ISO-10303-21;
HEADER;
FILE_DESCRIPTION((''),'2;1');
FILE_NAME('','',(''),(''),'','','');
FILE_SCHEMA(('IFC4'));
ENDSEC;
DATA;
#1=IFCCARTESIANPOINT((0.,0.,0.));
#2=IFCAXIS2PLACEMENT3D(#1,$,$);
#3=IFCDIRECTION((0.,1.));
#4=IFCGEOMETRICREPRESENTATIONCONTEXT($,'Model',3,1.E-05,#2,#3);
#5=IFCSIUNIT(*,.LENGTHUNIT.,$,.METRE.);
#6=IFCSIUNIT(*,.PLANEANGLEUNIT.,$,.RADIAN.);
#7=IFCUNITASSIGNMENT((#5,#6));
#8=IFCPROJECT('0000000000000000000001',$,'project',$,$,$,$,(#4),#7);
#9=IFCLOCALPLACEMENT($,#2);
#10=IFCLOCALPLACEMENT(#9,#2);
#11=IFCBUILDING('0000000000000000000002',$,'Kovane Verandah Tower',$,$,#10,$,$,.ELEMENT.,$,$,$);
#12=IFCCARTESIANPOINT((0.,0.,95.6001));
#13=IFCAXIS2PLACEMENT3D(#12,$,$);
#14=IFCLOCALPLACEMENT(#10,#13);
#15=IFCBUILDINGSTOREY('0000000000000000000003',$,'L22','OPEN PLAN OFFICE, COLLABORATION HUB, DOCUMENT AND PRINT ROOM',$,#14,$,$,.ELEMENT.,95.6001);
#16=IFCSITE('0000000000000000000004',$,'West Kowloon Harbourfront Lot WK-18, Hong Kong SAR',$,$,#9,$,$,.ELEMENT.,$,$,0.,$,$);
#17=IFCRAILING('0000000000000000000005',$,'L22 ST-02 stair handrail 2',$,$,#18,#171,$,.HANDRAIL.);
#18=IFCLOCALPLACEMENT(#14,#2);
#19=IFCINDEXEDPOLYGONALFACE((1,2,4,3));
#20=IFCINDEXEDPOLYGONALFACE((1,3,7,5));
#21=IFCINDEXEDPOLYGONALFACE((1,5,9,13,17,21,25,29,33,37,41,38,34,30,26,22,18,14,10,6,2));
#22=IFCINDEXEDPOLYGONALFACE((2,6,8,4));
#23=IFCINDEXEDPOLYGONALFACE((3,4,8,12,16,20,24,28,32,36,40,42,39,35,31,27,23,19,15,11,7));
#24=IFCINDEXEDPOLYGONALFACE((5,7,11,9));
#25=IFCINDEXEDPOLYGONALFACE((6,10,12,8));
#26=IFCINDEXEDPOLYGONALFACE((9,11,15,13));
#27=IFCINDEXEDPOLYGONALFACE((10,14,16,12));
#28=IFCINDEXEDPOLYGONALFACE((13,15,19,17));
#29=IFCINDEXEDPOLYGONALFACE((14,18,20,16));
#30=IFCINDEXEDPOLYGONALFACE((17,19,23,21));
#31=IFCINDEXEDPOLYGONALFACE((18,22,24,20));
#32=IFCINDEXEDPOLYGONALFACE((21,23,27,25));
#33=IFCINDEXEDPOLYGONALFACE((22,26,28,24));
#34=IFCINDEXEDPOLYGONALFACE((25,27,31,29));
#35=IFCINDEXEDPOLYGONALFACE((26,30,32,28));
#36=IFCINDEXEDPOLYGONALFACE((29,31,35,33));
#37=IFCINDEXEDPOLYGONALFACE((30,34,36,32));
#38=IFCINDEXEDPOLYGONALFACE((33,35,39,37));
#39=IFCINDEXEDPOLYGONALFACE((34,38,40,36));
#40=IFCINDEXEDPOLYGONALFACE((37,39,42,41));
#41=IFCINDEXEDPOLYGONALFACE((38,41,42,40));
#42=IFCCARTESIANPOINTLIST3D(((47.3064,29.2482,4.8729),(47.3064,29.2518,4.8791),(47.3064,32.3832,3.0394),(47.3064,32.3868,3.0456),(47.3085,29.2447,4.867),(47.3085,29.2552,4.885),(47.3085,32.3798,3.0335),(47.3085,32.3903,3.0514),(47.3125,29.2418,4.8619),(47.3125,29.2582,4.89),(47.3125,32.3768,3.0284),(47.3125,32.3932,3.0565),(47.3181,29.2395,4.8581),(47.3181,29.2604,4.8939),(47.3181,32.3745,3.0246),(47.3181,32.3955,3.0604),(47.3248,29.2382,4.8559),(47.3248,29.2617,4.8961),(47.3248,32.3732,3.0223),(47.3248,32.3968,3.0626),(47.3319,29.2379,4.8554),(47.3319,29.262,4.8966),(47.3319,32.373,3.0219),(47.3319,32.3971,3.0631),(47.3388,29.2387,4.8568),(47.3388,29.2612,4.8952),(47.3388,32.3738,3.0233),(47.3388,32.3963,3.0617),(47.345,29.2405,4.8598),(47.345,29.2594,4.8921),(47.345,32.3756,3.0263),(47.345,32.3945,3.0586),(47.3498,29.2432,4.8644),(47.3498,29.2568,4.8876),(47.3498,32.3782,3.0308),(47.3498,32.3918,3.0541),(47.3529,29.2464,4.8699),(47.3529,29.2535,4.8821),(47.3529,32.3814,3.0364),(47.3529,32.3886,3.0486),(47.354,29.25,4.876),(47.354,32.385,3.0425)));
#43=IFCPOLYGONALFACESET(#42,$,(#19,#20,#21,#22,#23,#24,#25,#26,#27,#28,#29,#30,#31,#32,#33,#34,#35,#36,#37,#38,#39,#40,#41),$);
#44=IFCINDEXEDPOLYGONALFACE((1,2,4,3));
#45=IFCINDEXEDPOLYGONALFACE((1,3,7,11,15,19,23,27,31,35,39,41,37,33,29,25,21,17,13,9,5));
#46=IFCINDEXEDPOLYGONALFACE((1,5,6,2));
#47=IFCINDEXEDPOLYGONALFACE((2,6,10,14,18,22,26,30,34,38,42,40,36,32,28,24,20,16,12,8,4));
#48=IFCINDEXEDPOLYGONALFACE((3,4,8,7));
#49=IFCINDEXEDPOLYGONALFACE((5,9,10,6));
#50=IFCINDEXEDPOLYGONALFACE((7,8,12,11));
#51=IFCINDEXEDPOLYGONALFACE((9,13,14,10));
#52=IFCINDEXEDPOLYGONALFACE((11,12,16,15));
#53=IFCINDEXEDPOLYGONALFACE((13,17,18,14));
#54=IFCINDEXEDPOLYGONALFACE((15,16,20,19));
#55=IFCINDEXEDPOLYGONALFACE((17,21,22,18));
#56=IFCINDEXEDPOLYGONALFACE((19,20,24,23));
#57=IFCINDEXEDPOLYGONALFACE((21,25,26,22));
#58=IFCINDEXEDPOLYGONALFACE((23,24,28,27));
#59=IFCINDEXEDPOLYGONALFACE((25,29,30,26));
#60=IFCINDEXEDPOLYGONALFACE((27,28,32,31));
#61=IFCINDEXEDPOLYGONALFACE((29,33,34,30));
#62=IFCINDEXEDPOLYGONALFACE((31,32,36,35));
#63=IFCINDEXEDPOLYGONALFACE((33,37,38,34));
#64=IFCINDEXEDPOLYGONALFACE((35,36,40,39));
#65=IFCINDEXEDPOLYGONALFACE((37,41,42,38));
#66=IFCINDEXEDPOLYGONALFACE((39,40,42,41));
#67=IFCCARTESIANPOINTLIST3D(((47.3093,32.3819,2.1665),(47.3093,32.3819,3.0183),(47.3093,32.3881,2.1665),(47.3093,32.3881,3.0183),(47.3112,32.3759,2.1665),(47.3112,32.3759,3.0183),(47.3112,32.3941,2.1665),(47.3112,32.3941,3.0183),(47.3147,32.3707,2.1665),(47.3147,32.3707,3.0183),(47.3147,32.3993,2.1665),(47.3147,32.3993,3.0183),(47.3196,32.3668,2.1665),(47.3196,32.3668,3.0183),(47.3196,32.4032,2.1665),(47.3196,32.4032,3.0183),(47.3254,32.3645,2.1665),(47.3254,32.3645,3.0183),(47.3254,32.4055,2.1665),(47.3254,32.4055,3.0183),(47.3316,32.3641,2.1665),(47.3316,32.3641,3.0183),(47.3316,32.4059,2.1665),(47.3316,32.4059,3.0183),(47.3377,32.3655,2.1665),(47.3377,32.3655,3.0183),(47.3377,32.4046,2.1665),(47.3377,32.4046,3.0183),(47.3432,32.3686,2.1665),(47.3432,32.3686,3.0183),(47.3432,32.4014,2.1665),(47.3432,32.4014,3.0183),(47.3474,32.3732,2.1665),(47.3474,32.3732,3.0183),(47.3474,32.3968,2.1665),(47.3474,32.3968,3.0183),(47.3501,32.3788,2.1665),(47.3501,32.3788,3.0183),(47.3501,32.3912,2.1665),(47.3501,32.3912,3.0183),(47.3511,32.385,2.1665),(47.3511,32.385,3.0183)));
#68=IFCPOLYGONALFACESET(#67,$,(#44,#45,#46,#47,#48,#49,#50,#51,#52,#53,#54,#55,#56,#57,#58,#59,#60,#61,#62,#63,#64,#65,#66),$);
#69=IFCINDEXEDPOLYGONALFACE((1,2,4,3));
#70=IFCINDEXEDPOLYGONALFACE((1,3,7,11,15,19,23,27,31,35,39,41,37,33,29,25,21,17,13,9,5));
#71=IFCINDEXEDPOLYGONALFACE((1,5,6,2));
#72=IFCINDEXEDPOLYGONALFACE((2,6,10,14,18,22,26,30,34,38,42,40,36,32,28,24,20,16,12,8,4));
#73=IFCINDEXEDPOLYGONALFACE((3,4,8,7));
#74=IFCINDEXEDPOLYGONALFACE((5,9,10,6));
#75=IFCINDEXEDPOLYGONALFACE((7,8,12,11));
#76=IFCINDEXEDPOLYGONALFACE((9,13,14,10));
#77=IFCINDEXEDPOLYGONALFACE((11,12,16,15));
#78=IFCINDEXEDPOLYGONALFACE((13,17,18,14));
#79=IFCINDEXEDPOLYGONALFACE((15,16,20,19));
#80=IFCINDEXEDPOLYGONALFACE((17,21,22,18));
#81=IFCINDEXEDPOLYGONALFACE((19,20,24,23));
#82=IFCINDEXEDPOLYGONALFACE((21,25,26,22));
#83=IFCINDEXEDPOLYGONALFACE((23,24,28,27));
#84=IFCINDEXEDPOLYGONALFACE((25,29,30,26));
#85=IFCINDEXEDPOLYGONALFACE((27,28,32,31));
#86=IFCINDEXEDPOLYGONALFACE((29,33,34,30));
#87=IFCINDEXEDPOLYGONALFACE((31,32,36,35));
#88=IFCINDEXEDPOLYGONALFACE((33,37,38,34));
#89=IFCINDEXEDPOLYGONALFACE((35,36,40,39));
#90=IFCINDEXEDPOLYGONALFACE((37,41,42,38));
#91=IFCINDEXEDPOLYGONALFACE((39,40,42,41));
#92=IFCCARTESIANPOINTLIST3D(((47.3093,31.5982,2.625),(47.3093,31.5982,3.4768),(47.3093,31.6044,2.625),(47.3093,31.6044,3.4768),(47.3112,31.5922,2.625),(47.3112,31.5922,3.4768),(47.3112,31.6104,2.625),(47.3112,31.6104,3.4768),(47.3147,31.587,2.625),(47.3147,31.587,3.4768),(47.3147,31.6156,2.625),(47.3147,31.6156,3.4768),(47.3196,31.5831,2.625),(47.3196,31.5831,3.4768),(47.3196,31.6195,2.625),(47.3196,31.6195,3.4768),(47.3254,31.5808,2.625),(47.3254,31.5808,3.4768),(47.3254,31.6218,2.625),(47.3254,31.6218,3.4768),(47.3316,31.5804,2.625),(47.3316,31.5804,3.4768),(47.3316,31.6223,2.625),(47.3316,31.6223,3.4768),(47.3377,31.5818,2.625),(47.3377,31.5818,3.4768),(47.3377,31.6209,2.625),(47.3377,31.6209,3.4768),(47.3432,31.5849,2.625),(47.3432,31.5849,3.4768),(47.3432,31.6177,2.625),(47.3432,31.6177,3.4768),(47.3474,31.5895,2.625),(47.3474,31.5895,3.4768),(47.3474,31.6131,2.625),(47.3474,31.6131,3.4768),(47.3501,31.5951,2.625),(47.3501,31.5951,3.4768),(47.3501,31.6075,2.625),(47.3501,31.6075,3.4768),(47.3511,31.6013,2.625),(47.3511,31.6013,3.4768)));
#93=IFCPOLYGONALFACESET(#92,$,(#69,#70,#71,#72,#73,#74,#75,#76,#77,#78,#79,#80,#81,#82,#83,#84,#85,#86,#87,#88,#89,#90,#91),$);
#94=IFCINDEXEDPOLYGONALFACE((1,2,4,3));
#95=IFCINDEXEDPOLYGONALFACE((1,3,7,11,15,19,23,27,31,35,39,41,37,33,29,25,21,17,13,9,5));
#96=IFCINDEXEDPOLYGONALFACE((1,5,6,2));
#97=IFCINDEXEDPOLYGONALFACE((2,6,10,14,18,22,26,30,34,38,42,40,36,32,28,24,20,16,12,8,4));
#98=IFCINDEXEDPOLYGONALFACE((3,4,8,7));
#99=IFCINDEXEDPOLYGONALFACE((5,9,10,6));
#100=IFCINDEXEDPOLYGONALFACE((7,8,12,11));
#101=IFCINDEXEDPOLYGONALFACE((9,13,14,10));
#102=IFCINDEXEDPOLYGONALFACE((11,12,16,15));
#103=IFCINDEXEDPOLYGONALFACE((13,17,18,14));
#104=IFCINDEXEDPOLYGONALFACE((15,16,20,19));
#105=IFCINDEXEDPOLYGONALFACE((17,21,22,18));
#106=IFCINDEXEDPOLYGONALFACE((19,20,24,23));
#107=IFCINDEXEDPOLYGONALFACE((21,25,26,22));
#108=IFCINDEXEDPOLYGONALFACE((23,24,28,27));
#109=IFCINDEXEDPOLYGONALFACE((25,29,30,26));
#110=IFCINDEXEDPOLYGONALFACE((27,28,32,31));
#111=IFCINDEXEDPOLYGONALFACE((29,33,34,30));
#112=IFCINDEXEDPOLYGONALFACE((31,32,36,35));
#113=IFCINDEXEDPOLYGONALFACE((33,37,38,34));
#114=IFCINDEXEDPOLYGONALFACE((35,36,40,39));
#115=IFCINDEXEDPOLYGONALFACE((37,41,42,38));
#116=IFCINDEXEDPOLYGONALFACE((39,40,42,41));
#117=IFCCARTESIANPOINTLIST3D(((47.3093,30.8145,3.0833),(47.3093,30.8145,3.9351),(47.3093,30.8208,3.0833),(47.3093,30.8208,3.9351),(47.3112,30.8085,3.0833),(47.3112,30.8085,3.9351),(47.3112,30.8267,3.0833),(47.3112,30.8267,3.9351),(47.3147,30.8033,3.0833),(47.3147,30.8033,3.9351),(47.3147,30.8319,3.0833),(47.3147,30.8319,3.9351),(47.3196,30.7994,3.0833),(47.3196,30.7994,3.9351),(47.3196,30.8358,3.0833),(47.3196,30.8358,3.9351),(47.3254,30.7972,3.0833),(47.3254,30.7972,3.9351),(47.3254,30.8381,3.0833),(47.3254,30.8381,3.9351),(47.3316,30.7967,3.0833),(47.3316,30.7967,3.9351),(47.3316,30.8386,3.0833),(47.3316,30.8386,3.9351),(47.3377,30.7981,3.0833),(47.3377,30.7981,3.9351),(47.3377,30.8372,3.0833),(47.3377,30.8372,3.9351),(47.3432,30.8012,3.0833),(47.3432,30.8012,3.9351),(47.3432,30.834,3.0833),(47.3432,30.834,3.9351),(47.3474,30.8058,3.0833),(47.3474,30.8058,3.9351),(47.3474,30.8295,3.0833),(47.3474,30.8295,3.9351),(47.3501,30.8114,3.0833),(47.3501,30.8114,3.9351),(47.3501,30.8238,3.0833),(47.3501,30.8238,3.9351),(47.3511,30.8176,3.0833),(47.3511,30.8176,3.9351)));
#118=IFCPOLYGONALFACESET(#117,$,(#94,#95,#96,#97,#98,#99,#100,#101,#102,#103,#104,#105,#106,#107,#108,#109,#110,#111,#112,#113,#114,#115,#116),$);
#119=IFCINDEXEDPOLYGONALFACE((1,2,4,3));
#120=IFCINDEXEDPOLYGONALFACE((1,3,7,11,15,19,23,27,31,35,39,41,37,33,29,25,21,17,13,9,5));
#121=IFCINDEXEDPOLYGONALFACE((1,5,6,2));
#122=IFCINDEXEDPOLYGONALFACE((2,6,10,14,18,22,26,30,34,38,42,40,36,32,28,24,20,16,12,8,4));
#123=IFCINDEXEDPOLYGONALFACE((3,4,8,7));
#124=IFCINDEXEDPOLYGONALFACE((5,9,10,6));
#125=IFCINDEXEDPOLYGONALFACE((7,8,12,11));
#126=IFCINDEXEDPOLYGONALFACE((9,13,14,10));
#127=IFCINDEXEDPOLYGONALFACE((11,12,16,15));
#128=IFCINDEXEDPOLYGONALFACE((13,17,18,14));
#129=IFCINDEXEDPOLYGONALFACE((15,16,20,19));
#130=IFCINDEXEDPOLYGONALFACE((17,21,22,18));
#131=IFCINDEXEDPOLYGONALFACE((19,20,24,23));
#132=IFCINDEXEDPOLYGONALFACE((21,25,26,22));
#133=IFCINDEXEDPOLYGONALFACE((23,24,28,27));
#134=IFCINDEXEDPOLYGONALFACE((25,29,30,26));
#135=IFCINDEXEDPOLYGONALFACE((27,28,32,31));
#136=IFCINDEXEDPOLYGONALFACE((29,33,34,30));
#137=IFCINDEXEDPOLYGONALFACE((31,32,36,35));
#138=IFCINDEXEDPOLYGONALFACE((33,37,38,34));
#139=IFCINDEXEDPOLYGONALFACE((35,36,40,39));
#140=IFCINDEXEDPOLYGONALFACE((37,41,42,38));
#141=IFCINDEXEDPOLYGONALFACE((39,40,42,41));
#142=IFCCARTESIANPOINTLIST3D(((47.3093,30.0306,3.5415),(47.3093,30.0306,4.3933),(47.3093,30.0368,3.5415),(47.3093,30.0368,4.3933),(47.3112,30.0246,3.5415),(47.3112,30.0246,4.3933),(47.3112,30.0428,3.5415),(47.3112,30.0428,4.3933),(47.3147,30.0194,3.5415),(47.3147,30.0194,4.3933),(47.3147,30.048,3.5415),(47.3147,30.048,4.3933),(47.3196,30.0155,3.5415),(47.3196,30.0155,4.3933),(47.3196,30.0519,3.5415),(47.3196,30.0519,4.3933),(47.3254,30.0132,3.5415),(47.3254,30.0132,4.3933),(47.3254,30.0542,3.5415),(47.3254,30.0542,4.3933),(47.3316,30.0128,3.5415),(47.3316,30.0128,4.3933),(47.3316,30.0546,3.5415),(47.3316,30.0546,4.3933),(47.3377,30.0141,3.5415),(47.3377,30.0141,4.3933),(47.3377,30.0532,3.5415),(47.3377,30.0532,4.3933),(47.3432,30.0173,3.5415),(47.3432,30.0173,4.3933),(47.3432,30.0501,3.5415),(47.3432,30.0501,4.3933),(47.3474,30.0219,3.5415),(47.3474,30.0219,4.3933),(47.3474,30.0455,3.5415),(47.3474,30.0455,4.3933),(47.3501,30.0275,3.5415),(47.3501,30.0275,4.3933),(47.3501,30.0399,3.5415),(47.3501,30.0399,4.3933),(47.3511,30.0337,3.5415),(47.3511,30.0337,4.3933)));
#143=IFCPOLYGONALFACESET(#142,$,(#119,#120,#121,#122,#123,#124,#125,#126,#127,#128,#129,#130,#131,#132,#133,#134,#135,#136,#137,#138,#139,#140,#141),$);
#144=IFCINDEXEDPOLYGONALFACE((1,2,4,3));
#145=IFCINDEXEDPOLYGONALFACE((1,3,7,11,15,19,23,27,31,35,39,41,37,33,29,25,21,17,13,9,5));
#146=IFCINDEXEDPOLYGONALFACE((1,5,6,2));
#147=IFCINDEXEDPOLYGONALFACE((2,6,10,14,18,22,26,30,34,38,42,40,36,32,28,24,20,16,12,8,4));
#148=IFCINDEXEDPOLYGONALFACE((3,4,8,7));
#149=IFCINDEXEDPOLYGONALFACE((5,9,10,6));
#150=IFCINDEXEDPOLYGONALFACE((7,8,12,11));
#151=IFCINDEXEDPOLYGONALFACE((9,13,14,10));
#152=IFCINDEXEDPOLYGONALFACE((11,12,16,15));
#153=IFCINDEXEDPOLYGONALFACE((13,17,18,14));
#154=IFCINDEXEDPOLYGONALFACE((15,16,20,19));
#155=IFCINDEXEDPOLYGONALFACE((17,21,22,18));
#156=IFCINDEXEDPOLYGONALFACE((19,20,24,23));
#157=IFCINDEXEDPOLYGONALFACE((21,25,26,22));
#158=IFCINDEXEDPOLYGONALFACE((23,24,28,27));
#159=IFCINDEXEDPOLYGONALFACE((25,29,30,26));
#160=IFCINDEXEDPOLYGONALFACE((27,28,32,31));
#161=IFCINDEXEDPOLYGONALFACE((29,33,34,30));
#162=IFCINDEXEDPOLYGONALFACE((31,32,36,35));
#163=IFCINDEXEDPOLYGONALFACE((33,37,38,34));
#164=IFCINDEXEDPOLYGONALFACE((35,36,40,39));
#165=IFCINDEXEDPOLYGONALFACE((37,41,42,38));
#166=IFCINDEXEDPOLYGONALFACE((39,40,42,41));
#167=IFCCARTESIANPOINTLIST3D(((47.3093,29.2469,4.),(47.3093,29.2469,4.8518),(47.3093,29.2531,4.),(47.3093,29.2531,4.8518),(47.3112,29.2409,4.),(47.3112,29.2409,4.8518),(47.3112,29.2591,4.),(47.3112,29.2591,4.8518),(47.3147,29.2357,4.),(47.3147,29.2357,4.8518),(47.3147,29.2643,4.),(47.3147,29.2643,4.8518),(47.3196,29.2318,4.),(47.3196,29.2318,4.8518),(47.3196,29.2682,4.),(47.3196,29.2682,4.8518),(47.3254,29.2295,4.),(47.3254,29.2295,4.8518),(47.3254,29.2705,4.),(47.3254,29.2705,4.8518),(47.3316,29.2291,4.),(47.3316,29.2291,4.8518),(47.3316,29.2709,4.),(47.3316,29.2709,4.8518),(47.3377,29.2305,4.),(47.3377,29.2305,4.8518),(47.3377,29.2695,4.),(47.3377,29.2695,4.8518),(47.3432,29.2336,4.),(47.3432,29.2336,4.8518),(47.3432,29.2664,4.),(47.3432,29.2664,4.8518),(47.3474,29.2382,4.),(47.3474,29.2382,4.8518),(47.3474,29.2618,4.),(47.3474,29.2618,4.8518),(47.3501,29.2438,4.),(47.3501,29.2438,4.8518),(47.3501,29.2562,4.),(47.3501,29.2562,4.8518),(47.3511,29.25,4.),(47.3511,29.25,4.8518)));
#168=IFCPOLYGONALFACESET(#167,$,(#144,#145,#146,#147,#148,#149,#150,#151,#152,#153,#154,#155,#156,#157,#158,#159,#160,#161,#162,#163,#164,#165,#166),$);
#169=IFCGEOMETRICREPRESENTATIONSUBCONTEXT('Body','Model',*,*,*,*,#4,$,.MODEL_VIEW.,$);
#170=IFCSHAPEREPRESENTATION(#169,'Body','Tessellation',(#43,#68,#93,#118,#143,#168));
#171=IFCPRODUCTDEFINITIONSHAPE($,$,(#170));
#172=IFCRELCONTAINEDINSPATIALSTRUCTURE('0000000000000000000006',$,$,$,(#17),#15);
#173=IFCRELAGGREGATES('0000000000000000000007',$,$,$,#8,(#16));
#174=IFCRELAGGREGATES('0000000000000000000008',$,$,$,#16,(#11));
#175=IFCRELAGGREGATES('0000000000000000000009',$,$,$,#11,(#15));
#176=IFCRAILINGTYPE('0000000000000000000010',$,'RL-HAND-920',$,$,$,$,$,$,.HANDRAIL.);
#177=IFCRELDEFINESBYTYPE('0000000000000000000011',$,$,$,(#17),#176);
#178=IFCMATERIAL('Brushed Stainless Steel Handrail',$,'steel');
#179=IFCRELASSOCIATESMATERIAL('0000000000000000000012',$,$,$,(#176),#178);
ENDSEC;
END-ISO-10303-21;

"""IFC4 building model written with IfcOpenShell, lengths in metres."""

from ifc_helpers import new_model, si_unit, direction, frame, origin, origin_2d, place, context, subcontext, project, spatial, circle, extrude, material, type_object, element, save


model = new_model("IFC4")

# Units and contexts
model_context = context("Model", 3, precision=1e-05, world=origin(), true_north=direction((0.0, 1.0)))
body_context = subcontext(model_context, "Body", "Model", "MODEL_VIEW")
ifc_project = project(units=[si_unit("LENGTHUNIT", "METRE"), si_unit("PLANEANGLEUNIT", "RADIAN")], contexts=[model_context])

# Site, building, storey
site_placement = place(None, origin())
site = spatial("IfcSite", under=ifc_project, at=site_placement, Name="West Kowloon Harbourfront Lot WK-18, Hong Kong SAR", CompositionType="ELEMENT", RefElevation=0.0)
building_placement = place(site_placement, origin())
building = spatial("IfcBuilding", under=site, at=building_placement, Name="Kovane Verandah Tower", CompositionType="ELEMENT")
storey_placement = place(building_placement, frame((0.0, 0.0, 95.6001)))
storey = spatial("IfcBuildingStorey", under=building, at=storey_placement, Name="L22", Description="OPEN PLAN OFFICE, COLLABORATION HUB, DOCUMENT AND PRINT ROOM", CompositionType="ELEMENT", Elevation=95.6001)

# Railing
ifc_material_1 = material(Name="Brushed Stainless Steel Handrail", Category="steel")
railing_type_1 = type_object("IfcRailingType", Name="RL-HAND-920", PredefinedType="HANDRAIL", material=ifc_material_1)
railing_1_placement = place(storey_placement, frame((47.3301, 32.385, 2.1665)))
element("IfcRailing", 1, at=railing_1_placement, inside=storey, type_object=railing_type_1, Name="L22 ST-02 stair handrail 2", PredefinedType="HANDRAIL", context=body_context, shape_type="SweptSolid", body=[
    extrude(circle(Radius=0.0239, at=origin_2d()), frame((0.0, 0.0, 0.876), z_axis=(0.0, -0.86321, 0.504845), x_axis=(1.0, 0.0, 0.0)), (0.0, 0.0, 1.0), 3.6318),
    extrude(circle(Radius=0.021, at=origin_2d()), origin(), (0.0, 0.0, 1.0), 0.8518),
    extrude(circle(Radius=0.021, at=origin_2d()), frame((0.0, -0.7837, 0.4585)), (0.0, 0.0, 1.0), 0.8518),
    extrude(circle(Radius=0.021, at=origin_2d()), frame((0.0, -1.5674, 0.9167)), (0.0, 0.0, 1.0), 0.8518),
    extrude(circle(Radius=0.021, at=origin_2d()), frame((0.0, -2.3513, 1.375)), (0.0, 0.0, 1.0), 0.8518),
    extrude(circle(Radius=0.021, at=origin_2d()), frame((0.0, -3.135, 1.8335)), (0.0, 0.0, 1.0), 0.8518),
])

save(model, "model.ifc")
